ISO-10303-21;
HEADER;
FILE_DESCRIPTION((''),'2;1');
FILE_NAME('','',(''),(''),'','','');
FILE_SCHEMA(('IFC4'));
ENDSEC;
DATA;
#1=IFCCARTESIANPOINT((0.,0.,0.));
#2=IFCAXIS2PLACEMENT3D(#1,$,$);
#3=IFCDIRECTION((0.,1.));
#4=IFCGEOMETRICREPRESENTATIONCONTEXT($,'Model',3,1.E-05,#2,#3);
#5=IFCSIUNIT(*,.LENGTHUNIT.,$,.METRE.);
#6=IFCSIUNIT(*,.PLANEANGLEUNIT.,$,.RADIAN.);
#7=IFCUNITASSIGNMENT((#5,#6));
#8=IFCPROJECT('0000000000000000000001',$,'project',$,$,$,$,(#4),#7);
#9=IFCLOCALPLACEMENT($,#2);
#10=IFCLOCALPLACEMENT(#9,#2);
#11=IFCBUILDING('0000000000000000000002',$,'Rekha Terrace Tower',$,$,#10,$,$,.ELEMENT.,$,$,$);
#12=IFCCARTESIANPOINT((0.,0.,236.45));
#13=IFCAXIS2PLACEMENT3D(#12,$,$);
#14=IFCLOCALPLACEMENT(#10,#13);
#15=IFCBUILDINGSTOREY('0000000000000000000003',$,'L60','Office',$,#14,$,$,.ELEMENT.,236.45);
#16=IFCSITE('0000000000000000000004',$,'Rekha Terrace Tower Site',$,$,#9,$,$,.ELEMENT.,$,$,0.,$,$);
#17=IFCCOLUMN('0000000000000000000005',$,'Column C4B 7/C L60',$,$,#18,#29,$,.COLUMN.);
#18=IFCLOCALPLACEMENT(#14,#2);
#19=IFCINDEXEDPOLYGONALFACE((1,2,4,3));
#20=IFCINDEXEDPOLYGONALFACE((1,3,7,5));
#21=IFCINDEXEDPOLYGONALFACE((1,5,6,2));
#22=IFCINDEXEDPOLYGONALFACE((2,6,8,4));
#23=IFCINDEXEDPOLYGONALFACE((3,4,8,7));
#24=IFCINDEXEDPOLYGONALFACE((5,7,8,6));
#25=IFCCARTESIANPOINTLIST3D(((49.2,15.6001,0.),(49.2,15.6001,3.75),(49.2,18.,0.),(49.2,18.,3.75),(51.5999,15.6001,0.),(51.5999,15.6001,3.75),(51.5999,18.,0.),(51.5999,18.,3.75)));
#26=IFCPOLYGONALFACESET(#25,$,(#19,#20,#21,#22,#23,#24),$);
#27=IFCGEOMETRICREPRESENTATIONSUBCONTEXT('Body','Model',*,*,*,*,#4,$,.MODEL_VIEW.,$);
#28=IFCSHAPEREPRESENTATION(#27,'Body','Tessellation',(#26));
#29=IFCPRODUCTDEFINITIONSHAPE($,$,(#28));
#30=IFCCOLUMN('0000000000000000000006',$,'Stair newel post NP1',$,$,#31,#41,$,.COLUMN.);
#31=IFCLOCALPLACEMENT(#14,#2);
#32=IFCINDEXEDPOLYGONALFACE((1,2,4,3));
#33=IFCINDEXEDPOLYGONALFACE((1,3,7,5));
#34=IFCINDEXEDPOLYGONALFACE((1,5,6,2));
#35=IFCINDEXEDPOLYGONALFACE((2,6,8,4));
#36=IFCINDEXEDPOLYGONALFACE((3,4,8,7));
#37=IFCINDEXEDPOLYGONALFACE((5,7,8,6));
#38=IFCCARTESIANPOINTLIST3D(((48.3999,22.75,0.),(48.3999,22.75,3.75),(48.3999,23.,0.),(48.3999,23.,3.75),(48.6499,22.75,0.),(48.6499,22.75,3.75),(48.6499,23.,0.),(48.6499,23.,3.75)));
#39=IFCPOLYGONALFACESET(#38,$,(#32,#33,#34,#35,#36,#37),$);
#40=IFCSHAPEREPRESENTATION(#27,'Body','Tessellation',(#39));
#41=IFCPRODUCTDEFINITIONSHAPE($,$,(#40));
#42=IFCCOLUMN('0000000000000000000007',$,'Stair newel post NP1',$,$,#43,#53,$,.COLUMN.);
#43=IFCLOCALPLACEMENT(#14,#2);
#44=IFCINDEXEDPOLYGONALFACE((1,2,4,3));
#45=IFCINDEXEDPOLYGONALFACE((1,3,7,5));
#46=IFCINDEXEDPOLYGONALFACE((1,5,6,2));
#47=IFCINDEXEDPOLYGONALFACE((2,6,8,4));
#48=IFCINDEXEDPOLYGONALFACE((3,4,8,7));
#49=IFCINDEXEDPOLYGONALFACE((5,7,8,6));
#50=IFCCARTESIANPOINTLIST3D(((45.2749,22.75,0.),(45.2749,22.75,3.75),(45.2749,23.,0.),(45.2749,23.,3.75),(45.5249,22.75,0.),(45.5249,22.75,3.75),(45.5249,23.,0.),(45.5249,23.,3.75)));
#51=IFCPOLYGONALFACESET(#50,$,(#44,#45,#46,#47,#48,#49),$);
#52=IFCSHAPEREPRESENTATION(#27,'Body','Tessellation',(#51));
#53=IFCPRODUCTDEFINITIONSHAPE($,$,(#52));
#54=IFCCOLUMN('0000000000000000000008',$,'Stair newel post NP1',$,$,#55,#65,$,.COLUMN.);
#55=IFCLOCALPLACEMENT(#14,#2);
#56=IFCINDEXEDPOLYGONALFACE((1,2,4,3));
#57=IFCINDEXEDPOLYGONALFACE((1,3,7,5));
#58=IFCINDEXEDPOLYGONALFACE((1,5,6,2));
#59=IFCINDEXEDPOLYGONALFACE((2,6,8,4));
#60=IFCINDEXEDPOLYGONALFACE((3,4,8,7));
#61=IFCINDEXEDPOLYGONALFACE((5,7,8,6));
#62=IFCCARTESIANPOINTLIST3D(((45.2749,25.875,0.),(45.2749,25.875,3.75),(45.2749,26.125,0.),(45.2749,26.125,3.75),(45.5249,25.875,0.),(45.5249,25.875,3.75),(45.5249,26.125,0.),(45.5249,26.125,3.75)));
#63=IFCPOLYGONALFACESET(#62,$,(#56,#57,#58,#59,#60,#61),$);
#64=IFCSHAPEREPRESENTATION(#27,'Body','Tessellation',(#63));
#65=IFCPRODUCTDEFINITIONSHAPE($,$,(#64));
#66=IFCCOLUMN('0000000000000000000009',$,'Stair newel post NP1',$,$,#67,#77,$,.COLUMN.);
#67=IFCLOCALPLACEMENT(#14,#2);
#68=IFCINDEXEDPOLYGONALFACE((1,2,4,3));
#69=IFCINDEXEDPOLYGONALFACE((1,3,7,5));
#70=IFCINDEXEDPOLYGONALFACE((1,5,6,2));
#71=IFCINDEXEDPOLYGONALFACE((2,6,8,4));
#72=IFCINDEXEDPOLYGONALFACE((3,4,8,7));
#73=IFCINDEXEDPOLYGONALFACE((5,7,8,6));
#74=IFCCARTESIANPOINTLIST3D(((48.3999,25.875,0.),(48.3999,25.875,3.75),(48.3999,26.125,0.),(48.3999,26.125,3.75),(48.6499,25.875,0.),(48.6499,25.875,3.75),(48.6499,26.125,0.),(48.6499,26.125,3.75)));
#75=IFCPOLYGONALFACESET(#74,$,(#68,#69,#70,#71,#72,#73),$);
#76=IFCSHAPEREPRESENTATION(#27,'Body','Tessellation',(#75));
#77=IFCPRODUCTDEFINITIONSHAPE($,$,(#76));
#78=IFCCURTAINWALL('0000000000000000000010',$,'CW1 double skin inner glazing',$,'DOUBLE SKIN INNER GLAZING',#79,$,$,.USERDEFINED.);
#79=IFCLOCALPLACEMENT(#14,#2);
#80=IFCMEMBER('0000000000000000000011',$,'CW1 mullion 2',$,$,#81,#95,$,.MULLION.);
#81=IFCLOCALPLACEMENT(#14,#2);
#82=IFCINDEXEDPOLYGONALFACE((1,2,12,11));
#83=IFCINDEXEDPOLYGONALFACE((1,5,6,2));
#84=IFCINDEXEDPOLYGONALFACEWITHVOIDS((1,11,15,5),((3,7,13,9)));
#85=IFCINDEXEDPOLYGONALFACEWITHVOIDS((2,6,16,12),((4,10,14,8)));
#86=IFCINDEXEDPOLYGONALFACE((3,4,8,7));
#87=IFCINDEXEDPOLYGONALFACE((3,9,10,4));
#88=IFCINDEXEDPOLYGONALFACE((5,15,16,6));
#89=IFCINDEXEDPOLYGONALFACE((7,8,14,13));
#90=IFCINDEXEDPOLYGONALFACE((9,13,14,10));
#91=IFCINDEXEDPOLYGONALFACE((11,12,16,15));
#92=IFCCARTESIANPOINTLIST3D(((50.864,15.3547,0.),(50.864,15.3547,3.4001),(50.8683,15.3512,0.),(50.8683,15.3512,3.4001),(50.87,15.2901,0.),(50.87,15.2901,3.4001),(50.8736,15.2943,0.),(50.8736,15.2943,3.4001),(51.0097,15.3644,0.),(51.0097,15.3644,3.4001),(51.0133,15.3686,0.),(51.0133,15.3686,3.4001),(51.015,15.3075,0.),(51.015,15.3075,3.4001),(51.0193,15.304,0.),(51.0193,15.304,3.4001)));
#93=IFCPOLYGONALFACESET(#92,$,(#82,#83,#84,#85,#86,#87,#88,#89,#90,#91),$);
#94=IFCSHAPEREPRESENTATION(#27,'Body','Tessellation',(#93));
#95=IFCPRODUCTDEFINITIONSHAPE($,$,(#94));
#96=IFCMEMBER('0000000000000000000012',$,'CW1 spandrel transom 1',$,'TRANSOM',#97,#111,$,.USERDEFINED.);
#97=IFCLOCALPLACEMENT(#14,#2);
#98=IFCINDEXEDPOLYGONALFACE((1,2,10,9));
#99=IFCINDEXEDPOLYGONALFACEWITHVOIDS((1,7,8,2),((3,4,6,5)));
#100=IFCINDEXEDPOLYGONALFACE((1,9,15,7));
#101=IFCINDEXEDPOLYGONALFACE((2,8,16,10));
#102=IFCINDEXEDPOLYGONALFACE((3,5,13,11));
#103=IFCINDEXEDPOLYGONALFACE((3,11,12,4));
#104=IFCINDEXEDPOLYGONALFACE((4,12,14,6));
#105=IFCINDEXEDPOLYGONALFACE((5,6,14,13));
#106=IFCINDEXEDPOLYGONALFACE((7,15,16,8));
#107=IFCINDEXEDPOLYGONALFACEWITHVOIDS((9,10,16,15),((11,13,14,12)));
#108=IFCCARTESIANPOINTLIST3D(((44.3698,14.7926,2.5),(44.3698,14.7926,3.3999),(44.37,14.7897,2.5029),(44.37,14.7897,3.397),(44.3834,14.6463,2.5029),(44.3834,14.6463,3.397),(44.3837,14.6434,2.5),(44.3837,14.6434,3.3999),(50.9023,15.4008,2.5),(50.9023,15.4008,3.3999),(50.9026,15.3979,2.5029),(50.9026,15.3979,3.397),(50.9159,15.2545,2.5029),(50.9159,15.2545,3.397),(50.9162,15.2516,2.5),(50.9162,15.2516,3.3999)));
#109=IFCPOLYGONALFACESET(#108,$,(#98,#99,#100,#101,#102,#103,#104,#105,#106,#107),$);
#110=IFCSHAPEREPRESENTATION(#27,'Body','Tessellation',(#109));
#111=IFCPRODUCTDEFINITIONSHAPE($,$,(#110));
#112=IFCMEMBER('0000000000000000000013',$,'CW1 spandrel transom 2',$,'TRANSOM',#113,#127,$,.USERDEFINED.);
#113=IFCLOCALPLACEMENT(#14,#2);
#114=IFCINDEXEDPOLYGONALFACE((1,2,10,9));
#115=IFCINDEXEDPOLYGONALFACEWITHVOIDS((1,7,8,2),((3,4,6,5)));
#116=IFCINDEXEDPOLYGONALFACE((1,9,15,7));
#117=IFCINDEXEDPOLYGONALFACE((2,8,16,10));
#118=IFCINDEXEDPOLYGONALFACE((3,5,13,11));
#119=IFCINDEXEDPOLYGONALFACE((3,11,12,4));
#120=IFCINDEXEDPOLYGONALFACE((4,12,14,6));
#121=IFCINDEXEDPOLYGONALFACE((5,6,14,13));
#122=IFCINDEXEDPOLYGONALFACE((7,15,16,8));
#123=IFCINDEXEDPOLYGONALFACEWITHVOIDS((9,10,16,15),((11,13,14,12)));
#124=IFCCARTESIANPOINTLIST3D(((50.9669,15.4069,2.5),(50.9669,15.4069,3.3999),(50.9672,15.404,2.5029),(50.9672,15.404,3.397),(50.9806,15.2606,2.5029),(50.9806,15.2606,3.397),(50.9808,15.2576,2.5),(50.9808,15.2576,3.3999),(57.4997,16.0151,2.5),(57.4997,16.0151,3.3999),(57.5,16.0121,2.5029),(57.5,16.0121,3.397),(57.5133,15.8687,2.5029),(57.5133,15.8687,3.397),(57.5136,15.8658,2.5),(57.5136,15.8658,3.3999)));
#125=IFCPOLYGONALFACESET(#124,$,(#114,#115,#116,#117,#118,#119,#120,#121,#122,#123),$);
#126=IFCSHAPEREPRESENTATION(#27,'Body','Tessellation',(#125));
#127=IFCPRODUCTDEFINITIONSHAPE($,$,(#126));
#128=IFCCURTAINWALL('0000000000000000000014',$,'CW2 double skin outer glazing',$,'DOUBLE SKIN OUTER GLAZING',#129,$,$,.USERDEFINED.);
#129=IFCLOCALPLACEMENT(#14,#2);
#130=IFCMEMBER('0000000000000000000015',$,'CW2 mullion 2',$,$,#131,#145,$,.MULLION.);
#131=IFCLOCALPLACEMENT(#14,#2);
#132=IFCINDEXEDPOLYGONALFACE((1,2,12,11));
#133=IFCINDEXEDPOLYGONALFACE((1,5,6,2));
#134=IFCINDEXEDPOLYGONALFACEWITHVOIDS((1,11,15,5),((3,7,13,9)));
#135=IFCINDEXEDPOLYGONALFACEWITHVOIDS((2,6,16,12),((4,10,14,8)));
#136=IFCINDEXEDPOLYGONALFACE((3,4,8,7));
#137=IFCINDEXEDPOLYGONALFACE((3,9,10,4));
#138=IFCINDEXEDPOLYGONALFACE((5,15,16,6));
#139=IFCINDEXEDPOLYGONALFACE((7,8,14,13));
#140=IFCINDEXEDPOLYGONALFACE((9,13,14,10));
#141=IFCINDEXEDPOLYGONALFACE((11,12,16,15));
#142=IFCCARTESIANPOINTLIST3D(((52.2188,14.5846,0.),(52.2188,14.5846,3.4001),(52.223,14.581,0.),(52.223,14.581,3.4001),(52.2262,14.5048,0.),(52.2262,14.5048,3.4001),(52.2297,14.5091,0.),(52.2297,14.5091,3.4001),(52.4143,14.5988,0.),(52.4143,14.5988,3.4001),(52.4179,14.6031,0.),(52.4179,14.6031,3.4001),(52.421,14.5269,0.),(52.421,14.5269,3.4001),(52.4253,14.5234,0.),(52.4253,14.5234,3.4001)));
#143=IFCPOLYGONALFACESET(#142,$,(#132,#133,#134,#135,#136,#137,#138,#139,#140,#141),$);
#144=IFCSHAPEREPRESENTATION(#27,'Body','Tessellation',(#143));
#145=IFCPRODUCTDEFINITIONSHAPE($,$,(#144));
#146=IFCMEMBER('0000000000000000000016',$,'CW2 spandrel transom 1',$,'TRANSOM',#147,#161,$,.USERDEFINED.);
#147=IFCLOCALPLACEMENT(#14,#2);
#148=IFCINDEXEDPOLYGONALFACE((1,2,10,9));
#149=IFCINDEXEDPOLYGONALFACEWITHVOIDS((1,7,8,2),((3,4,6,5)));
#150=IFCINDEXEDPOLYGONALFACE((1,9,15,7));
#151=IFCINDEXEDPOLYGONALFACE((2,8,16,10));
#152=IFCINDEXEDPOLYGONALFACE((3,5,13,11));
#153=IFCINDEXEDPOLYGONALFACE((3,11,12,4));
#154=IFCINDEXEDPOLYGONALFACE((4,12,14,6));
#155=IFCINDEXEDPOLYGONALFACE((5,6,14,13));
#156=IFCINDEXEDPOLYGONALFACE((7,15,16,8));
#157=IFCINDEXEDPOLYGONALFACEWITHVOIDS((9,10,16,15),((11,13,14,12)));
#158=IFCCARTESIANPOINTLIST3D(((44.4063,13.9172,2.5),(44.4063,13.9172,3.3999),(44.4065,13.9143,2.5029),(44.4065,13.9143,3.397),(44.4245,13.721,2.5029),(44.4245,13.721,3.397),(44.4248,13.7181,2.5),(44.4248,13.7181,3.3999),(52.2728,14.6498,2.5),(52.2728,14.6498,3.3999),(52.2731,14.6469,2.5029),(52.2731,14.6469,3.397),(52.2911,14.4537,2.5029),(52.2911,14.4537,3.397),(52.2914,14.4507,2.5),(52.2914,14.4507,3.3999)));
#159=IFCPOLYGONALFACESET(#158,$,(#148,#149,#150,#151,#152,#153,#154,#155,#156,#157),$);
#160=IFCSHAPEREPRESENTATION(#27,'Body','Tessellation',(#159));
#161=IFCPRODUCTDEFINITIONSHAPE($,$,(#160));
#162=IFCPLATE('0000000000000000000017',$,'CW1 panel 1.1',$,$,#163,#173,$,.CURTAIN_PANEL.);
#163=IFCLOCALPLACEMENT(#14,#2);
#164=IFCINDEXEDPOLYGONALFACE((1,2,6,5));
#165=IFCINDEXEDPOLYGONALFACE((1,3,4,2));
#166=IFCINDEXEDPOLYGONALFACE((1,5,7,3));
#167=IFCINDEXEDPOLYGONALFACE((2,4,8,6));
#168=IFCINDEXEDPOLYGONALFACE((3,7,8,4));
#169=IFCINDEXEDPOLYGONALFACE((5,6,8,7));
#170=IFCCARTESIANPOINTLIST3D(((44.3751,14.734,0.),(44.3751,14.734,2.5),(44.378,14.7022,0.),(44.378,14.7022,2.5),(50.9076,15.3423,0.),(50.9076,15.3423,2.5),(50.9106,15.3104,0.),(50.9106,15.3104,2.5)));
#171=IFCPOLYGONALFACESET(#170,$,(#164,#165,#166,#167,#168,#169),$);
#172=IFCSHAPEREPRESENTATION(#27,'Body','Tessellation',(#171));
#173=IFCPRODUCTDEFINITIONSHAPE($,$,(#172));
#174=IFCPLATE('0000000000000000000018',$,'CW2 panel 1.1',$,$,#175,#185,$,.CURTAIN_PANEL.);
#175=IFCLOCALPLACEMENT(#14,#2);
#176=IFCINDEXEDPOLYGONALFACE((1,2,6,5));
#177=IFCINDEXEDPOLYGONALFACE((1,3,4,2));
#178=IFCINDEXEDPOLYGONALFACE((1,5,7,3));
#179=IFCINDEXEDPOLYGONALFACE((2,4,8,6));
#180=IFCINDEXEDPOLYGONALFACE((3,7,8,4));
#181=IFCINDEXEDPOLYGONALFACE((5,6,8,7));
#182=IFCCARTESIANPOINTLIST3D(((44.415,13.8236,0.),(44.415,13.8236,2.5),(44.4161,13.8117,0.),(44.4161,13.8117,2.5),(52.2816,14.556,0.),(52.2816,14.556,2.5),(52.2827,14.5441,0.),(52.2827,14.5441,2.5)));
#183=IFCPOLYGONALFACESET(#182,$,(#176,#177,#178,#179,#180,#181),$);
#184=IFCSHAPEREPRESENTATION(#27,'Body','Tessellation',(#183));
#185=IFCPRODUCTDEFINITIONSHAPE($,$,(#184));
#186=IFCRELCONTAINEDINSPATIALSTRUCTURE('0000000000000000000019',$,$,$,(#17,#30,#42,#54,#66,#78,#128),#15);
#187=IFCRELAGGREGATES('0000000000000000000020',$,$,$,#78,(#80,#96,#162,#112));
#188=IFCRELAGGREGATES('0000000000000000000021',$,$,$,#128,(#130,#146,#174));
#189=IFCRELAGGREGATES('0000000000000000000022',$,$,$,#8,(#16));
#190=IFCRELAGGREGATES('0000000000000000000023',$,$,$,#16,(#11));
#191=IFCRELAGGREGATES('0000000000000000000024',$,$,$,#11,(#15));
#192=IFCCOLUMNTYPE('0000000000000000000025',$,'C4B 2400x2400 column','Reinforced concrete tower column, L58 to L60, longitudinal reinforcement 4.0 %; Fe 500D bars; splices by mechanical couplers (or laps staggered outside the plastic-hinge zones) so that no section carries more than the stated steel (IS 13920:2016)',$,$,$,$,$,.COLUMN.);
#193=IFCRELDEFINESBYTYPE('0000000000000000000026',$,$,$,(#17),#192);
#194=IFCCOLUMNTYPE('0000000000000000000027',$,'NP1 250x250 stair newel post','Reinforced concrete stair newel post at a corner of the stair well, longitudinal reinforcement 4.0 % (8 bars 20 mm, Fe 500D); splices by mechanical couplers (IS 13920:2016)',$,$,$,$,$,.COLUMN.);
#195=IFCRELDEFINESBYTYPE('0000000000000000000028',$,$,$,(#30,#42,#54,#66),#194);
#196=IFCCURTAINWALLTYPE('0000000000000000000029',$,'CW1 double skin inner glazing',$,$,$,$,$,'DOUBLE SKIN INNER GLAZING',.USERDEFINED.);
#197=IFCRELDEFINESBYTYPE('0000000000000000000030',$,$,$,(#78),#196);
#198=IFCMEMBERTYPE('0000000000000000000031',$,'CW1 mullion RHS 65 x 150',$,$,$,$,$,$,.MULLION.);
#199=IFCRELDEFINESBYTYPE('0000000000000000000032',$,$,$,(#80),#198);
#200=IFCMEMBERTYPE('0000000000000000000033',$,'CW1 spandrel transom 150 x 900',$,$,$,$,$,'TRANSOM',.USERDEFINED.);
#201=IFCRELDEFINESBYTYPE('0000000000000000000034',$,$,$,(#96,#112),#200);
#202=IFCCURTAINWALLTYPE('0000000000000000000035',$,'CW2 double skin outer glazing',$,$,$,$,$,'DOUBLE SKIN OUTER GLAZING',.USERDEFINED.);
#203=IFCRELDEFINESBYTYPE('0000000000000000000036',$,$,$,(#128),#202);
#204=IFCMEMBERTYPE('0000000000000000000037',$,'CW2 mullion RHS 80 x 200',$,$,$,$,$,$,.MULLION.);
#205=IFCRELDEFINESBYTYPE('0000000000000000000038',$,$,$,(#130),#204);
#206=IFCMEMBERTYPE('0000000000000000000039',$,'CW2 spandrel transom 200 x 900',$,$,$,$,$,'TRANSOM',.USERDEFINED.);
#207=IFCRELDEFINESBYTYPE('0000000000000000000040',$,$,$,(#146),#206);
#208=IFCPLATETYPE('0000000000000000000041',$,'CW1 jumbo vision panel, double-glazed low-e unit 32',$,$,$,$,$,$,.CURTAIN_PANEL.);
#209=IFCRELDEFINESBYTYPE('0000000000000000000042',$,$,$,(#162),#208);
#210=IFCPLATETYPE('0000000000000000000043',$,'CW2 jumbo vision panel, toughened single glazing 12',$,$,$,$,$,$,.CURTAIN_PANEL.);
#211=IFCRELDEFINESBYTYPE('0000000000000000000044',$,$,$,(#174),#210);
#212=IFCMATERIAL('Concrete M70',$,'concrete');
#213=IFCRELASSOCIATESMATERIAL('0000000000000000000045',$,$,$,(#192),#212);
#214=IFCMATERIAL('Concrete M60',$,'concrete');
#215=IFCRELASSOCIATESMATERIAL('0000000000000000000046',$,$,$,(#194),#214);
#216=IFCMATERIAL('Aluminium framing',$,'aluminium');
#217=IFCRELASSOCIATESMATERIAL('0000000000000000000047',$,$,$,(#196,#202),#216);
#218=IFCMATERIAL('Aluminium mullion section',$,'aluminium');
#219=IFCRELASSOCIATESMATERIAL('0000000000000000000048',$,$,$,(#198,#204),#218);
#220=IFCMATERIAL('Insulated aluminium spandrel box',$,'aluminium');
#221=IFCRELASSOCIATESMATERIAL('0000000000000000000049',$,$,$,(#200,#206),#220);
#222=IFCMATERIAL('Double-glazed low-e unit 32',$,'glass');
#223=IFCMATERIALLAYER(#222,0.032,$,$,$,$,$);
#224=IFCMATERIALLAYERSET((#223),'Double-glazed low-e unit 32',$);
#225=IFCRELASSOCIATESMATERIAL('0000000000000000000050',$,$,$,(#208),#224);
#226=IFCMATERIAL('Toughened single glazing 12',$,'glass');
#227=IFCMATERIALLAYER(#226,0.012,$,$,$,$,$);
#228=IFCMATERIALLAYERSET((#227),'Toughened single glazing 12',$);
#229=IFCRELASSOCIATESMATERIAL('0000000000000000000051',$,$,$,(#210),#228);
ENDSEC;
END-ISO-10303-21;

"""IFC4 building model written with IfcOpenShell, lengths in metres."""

from ifc_helpers import new_model, si_unit, direction, frame, origin, origin_2d, place, context, subcontext, project, spatial, rectangle, hollow_rectangle, extrude, material, layer, layer_set, material_profile, profile_set, type_object, element, aggregate, save


model = new_model("IFC4")

# Units and contexts
model_context = context("Model", 3, precision=1e-05, world=origin(), true_north=direction((0.0, 1.0)))
body_context = subcontext(model_context, "Body", "Model", "MODEL_VIEW")
ifc_project = project(units=[si_unit("LENGTHUNIT", "METRE"), si_unit("PLANEANGLEUNIT", "RADIAN")], contexts=[model_context])

# Site, building, storey
site_placement = place(None, origin())
site = spatial("IfcSite", under=ifc_project, at=site_placement, Name="Rekha Terrace Tower Site", CompositionType="ELEMENT", RefElevation=0.0)
building_placement = place(site_placement, origin())
building = spatial("IfcBuilding", under=site, at=building_placement, Name="Rekha Terrace Tower", CompositionType="ELEMENT")
storey_placement = place(building_placement, frame((0.0, 0.0, 236.45)))
storey = spatial("IfcBuildingStorey", under=building, at=storey_placement, Name="L60", Description="Office", CompositionType="ELEMENT", Elevation=236.45)

# Columns
ifc_material_1 = material(Name="Concrete M70", Category="concrete")
ifc_material_profile_1 = material_profile(ifc_material_1, rectangle(XDim=2.3999, YDim=2.3999, at=origin_2d()), Name="RC 2400x2400")
ifc_profile_set_1 = profile_set([ifc_material_profile_1], Name="Concrete M70")
column_type_1 = type_object("IfcColumnType", Name="C4B 2400x2400 column", Description="Reinforced concrete tower column, L58 to L60, longitudinal reinforcement 4.0 %; Fe 500D bars; splices by mechanical couplers (or laps staggered outside the plastic-hinge zones) so that no section carries more than the stated steel (IS 13920:2016)", PredefinedType="COLUMN", material=ifc_profile_set_1)
column_placement = place(storey_placement, frame((50.3999, 16.8, 0.0), z_axis=(0.0, 0.0, 1.0), x_axis=(1.0, 0.0, 0.0)))
element("IfcColumn", 1, at=column_placement, inside=storey, type_object=column_type_1, Name="Column C4B 7/C L60", PredefinedType="COLUMN", context=body_context, shape_type="SweptSolid", body=[
    extrude(rectangle(XDim=2.3999, YDim=2.3999, at=origin_2d()), origin(), (0.0, 0.0, 1.0), 3.75),
])
ifc_material_2 = material(Name="Concrete M60", Category="concrete")
ifc_material_profile_2 = material_profile(ifc_material_2, rectangle(XDim=0.25, YDim=0.25, at=origin_2d()), Name="RC 250x250")
ifc_profile_set_2 = profile_set([ifc_material_profile_2], Name="Concrete M60")
column_type_2 = type_object("IfcColumnType", Name="NP1 250x250 stair newel post", Description="Reinforced concrete stair newel post at a corner of the stair well, longitudinal reinforcement 4.0 % (8 bars 20 mm, Fe 500D); splices by mechanical couplers (IS 13920:2016)", PredefinedType="COLUMN", material=ifc_profile_set_2)
for number, where, z_axis, x_axis, name in (
    (2, (48.5249, 22.875, 0.0), (0.0, 0.0, 1.0), (1.0, 0.0, 0.0), "Stair newel post NP1"),
    (3, (45.3999, 22.875, 0.0), (0.0, 0.0, 1.0), (1.0, 0.0, 0.0), "Stair newel post NP1"),
    (4, (45.3999, 26.0, 0.0), (0.0, 0.0, 1.0), (1.0, 0.0, 0.0), "Stair newel post NP1"),
    (5, (48.5249, 26.0, 0.0), (0.0, 0.0, 1.0), (1.0, 0.0, 0.0), "Stair newel post NP1"),
):
    element("IfcColumn", number, at=place(storey_placement, frame(where, z_axis=z_axis, x_axis=x_axis)), inside=storey, type_object=column_type_2, Name=name, PredefinedType="COLUMN", context=body_context, shape_type="SweptSolid", body=[
        extrude(rectangle(XDim=0.25, YDim=0.25, at=origin_2d()), origin(), (0.0, 0.0, 1.0), 3.75),
    ])

# Curtain walls, members
ifc_material_3 = material(Name="Aluminium framing", Category="aluminium")
curtain_wall_type_1 = type_object("IfcCurtainWallType", Name="CW1 double skin inner glazing", ElementType="DOUBLE SKIN INNER GLAZING", PredefinedType="USERDEFINED", material=ifc_material_3)
curtain_wall_1_placement = place(storey_placement, origin())
curtain_wall_1 = element("IfcCurtainWall", 6, at=curtain_wall_1_placement, inside=storey, type_object=curtain_wall_type_1, Name="CW1 double skin inner glazing", ObjectType="DOUBLE SKIN INNER GLAZING", PredefinedType="USERDEFINED")
ifc_material_4 = material(Name="Aluminium mullion section", Category="aluminium")
ifc_material_profile_3 = material_profile(ifc_material_4, hollow_rectangle(XDim=0.0649, YDim=0.1499, WallThickness=0.0039, at=origin_2d()), Name="AL RHS 65x150")
ifc_profile_set_3 = profile_set([ifc_material_profile_3], Name="Aluminium mullion section")
member_type_1 = type_object("IfcMemberType", Name="CW1 mullion RHS 65 x 150", PredefinedType="MULLION", material=ifc_profile_set_3)
member_1_placement = place(storey_placement, frame((50.9417, 15.3293, 0.0), z_axis=(0.0, 0.0, 1.0), x_axis=(-0.092709, 0.995693, 0.0)))
member_1 = element("IfcMember", 7, at=member_1_placement, type_object=member_type_1, Name="CW1 mullion 2", PredefinedType="MULLION", context=body_context, shape_type="SweptSolid", body=[
    extrude(hollow_rectangle(XDim=0.0649, YDim=0.1499, WallThickness=0.0039, at=origin_2d()), origin(), (0.0, 0.0, 1.0), 3.4001),
])
ifc_material_5 = material(Name="Insulated aluminium spandrel box", Category="aluminium")
ifc_material_profile_4 = material_profile(ifc_material_5, hollow_rectangle(XDim=0.1499, YDim=0.8999, WallThickness=0.0029, at=origin_2d()), Name="AL SPANDREL BOX 150x900")
ifc_profile_set_4 = profile_set([ifc_material_profile_4], Name="Insulated aluminium spandrel box")
member_type_2 = type_object("IfcMemberType", Name="CW1 spandrel transom 150 x 900", ElementType="TRANSOM", PredefinedType="USERDEFINED", material=ifc_profile_set_4)
member_2_placement = place(storey_placement, frame((44.3767, 14.718, 2.95), z_axis=(0.995694, 0.092696, 0.0), x_axis=(-0.092696, 0.995694, 0.0)))
member_2 = element("IfcMember", 8, at=member_2_placement, type_object=member_type_2, Name="CW1 spandrel transom 1", ObjectType="TRANSOM", PredefinedType="USERDEFINED", context=body_context, shape_type="SweptSolid", body=[
    extrude(hollow_rectangle(XDim=0.1499, YDim=0.8999, WallThickness=0.0029, at=origin_2d()), origin(), (0.0, 0.0, 1.0), 6.5608),
])
member_3_placement = place(storey_placement, frame((50.9739, 15.3323, 2.95), z_axis=(0.995695, 0.092693, 0.0), x_axis=(-0.092693, 0.995695, 0.0)))
member_3 = element("IfcMember", 9, at=member_3_placement, type_object=member_type_2, Name="CW1 spandrel transom 2", ObjectType="TRANSOM", PredefinedType="USERDEFINED", context=body_context, shape_type="SweptSolid", body=[
    extrude(hollow_rectangle(XDim=0.1499, YDim=0.8999, WallThickness=0.0029, at=origin_2d()), origin(), (0.0, 0.0, 1.0), 6.561),
])
curtain_wall_type_2 = type_object("IfcCurtainWallType", Name="CW2 double skin outer glazing", ElementType="DOUBLE SKIN OUTER GLAZING", PredefinedType="USERDEFINED", material=ifc_material_3)
curtain_wall_2_placement = place(storey_placement, origin())
curtain_wall_2 = element("IfcCurtainWall", 10, at=curtain_wall_2_placement, inside=storey, type_object=curtain_wall_type_2, Name="CW2 double skin outer glazing", ObjectType="DOUBLE SKIN OUTER GLAZING", PredefinedType="USERDEFINED")
ifc_material_profile_5 = material_profile(ifc_material_4, hollow_rectangle(XDim=0.0801, YDim=0.2, WallThickness=0.0039, at=origin_2d()), Name="AL RHS 80x200")
ifc_profile_set_5 = profile_set([ifc_material_profile_5], Name="Aluminium mullion section")
member_type_3 = type_object("IfcMemberType", Name="CW2 mullion RHS 80 x 200", PredefinedType="MULLION", material=ifc_profile_set_5)
member_4_placement = place(storey_placement, frame((52.322, 14.554, 0.0), z_axis=(0.0, 0.0, 1.0), x_axis=(-0.092709, 0.995693, 0.0)))
member_4 = element("IfcMember", 11, at=member_4_placement, type_object=member_type_3, Name="CW2 mullion 2", PredefinedType="MULLION", context=body_context, shape_type="SweptSolid", body=[
    extrude(hollow_rectangle(XDim=0.0801, YDim=0.2, WallThickness=0.0039, at=origin_2d()), origin(), (0.0, 0.0, 1.0), 3.4001),
])
ifc_material_profile_6 = material_profile(ifc_material_5, hollow_rectangle(XDim=0.2, YDim=0.8999, WallThickness=0.0029, at=origin_2d()), Name="AL SPANDREL BOX 200x900")
ifc_profile_set_6 = profile_set([ifc_material_profile_6], Name="Insulated aluminium spandrel box")
member_type_4 = type_object("IfcMemberType", Name="CW2 spandrel transom 200 x 900", ElementType="TRANSOM", PredefinedType="USERDEFINED", material=ifc_profile_set_6)
member_5_placement = place(storey_placement, frame((44.4155, 13.8176, 2.95), z_axis=(0.995691, 0.092734, 0.0), x_axis=(-0.092734, 0.995691, 0.0)))
member_5 = element("IfcMember", 12, at=member_5_placement, type_object=member_type_4, Name="CW2 spandrel transom 1", ObjectType="TRANSOM", PredefinedType="USERDEFINED", context=body_context, shape_type="SweptSolid", body=[
    extrude(hollow_rectangle(XDim=0.2, YDim=0.8999, WallThickness=0.0029, at=origin_2d()), origin(), (0.0, 0.0, 1.0), 7.9006),
])

# Plates
ifc_material_6 = material(Name="Double-glazed low-e unit 32", Category="glass")
ifc_layer_1 = layer(ifc_material_6, 0.032)
ifc_layer_set_1 = layer_set([ifc_layer_1], Name="Double-glazed low-e unit 32")
plate_type_1 = type_object("IfcPlateType", Name="CW1 jumbo vision panel, double-glazed low-e unit 32", PredefinedType="CURTAIN_PANEL", material=ifc_layer_set_1)
plate_1_placement = place(storey_placement, frame((47.6428, 15.0222, 0.0), z_axis=(0.0, 0.0, 1.0), x_axis=(0.995693, 0.092709, 0.0)))
plate_1 = element("IfcPlate", 13, at=plate_1_placement, type_object=plate_type_1, Name="CW1 panel 1.1", PredefinedType="CURTAIN_PANEL", context=body_context, shape_type="SweptSolid", body=[
    extrude(rectangle(XDim=6.5608, YDim=0.032, at=origin_2d()), origin(), (0.0, 0.0, 1.0), 2.5),
])
aggregate(curtain_wall_1, [member_1, member_2, plate_1, member_3])
ifc_material_7 = material(Name="Toughened single glazing 12", Category="glass")
ifc_layer_2 = layer(ifc_material_7, 0.012)
ifc_layer_set_2 = layer_set([ifc_layer_2], Name="Toughened single glazing 12")
plate_type_2 = type_object("IfcPlateType", Name="CW2 jumbo vision panel, toughened single glazing 12", PredefinedType="CURTAIN_PANEL", material=ifc_layer_set_2)
plate_2_placement = place(storey_placement, frame((48.3489, 14.1838, 0.0), z_axis=(0.0, 0.0, 1.0), x_axis=(0.995693, 0.092709, 0.0)))
plate_2 = element("IfcPlate", 14, at=plate_2_placement, type_object=plate_type_2, Name="CW2 panel 1.1", PredefinedType="CURTAIN_PANEL", context=body_context, shape_type="SweptSolid", body=[
    extrude(rectangle(XDim=7.9006, YDim=0.012, at=origin_2d()), origin(), (0.0, 0.0, 1.0), 2.5),
])
aggregate(curtain_wall_2, [member_4, member_5, plate_2])

save(model, "model.ifc")
